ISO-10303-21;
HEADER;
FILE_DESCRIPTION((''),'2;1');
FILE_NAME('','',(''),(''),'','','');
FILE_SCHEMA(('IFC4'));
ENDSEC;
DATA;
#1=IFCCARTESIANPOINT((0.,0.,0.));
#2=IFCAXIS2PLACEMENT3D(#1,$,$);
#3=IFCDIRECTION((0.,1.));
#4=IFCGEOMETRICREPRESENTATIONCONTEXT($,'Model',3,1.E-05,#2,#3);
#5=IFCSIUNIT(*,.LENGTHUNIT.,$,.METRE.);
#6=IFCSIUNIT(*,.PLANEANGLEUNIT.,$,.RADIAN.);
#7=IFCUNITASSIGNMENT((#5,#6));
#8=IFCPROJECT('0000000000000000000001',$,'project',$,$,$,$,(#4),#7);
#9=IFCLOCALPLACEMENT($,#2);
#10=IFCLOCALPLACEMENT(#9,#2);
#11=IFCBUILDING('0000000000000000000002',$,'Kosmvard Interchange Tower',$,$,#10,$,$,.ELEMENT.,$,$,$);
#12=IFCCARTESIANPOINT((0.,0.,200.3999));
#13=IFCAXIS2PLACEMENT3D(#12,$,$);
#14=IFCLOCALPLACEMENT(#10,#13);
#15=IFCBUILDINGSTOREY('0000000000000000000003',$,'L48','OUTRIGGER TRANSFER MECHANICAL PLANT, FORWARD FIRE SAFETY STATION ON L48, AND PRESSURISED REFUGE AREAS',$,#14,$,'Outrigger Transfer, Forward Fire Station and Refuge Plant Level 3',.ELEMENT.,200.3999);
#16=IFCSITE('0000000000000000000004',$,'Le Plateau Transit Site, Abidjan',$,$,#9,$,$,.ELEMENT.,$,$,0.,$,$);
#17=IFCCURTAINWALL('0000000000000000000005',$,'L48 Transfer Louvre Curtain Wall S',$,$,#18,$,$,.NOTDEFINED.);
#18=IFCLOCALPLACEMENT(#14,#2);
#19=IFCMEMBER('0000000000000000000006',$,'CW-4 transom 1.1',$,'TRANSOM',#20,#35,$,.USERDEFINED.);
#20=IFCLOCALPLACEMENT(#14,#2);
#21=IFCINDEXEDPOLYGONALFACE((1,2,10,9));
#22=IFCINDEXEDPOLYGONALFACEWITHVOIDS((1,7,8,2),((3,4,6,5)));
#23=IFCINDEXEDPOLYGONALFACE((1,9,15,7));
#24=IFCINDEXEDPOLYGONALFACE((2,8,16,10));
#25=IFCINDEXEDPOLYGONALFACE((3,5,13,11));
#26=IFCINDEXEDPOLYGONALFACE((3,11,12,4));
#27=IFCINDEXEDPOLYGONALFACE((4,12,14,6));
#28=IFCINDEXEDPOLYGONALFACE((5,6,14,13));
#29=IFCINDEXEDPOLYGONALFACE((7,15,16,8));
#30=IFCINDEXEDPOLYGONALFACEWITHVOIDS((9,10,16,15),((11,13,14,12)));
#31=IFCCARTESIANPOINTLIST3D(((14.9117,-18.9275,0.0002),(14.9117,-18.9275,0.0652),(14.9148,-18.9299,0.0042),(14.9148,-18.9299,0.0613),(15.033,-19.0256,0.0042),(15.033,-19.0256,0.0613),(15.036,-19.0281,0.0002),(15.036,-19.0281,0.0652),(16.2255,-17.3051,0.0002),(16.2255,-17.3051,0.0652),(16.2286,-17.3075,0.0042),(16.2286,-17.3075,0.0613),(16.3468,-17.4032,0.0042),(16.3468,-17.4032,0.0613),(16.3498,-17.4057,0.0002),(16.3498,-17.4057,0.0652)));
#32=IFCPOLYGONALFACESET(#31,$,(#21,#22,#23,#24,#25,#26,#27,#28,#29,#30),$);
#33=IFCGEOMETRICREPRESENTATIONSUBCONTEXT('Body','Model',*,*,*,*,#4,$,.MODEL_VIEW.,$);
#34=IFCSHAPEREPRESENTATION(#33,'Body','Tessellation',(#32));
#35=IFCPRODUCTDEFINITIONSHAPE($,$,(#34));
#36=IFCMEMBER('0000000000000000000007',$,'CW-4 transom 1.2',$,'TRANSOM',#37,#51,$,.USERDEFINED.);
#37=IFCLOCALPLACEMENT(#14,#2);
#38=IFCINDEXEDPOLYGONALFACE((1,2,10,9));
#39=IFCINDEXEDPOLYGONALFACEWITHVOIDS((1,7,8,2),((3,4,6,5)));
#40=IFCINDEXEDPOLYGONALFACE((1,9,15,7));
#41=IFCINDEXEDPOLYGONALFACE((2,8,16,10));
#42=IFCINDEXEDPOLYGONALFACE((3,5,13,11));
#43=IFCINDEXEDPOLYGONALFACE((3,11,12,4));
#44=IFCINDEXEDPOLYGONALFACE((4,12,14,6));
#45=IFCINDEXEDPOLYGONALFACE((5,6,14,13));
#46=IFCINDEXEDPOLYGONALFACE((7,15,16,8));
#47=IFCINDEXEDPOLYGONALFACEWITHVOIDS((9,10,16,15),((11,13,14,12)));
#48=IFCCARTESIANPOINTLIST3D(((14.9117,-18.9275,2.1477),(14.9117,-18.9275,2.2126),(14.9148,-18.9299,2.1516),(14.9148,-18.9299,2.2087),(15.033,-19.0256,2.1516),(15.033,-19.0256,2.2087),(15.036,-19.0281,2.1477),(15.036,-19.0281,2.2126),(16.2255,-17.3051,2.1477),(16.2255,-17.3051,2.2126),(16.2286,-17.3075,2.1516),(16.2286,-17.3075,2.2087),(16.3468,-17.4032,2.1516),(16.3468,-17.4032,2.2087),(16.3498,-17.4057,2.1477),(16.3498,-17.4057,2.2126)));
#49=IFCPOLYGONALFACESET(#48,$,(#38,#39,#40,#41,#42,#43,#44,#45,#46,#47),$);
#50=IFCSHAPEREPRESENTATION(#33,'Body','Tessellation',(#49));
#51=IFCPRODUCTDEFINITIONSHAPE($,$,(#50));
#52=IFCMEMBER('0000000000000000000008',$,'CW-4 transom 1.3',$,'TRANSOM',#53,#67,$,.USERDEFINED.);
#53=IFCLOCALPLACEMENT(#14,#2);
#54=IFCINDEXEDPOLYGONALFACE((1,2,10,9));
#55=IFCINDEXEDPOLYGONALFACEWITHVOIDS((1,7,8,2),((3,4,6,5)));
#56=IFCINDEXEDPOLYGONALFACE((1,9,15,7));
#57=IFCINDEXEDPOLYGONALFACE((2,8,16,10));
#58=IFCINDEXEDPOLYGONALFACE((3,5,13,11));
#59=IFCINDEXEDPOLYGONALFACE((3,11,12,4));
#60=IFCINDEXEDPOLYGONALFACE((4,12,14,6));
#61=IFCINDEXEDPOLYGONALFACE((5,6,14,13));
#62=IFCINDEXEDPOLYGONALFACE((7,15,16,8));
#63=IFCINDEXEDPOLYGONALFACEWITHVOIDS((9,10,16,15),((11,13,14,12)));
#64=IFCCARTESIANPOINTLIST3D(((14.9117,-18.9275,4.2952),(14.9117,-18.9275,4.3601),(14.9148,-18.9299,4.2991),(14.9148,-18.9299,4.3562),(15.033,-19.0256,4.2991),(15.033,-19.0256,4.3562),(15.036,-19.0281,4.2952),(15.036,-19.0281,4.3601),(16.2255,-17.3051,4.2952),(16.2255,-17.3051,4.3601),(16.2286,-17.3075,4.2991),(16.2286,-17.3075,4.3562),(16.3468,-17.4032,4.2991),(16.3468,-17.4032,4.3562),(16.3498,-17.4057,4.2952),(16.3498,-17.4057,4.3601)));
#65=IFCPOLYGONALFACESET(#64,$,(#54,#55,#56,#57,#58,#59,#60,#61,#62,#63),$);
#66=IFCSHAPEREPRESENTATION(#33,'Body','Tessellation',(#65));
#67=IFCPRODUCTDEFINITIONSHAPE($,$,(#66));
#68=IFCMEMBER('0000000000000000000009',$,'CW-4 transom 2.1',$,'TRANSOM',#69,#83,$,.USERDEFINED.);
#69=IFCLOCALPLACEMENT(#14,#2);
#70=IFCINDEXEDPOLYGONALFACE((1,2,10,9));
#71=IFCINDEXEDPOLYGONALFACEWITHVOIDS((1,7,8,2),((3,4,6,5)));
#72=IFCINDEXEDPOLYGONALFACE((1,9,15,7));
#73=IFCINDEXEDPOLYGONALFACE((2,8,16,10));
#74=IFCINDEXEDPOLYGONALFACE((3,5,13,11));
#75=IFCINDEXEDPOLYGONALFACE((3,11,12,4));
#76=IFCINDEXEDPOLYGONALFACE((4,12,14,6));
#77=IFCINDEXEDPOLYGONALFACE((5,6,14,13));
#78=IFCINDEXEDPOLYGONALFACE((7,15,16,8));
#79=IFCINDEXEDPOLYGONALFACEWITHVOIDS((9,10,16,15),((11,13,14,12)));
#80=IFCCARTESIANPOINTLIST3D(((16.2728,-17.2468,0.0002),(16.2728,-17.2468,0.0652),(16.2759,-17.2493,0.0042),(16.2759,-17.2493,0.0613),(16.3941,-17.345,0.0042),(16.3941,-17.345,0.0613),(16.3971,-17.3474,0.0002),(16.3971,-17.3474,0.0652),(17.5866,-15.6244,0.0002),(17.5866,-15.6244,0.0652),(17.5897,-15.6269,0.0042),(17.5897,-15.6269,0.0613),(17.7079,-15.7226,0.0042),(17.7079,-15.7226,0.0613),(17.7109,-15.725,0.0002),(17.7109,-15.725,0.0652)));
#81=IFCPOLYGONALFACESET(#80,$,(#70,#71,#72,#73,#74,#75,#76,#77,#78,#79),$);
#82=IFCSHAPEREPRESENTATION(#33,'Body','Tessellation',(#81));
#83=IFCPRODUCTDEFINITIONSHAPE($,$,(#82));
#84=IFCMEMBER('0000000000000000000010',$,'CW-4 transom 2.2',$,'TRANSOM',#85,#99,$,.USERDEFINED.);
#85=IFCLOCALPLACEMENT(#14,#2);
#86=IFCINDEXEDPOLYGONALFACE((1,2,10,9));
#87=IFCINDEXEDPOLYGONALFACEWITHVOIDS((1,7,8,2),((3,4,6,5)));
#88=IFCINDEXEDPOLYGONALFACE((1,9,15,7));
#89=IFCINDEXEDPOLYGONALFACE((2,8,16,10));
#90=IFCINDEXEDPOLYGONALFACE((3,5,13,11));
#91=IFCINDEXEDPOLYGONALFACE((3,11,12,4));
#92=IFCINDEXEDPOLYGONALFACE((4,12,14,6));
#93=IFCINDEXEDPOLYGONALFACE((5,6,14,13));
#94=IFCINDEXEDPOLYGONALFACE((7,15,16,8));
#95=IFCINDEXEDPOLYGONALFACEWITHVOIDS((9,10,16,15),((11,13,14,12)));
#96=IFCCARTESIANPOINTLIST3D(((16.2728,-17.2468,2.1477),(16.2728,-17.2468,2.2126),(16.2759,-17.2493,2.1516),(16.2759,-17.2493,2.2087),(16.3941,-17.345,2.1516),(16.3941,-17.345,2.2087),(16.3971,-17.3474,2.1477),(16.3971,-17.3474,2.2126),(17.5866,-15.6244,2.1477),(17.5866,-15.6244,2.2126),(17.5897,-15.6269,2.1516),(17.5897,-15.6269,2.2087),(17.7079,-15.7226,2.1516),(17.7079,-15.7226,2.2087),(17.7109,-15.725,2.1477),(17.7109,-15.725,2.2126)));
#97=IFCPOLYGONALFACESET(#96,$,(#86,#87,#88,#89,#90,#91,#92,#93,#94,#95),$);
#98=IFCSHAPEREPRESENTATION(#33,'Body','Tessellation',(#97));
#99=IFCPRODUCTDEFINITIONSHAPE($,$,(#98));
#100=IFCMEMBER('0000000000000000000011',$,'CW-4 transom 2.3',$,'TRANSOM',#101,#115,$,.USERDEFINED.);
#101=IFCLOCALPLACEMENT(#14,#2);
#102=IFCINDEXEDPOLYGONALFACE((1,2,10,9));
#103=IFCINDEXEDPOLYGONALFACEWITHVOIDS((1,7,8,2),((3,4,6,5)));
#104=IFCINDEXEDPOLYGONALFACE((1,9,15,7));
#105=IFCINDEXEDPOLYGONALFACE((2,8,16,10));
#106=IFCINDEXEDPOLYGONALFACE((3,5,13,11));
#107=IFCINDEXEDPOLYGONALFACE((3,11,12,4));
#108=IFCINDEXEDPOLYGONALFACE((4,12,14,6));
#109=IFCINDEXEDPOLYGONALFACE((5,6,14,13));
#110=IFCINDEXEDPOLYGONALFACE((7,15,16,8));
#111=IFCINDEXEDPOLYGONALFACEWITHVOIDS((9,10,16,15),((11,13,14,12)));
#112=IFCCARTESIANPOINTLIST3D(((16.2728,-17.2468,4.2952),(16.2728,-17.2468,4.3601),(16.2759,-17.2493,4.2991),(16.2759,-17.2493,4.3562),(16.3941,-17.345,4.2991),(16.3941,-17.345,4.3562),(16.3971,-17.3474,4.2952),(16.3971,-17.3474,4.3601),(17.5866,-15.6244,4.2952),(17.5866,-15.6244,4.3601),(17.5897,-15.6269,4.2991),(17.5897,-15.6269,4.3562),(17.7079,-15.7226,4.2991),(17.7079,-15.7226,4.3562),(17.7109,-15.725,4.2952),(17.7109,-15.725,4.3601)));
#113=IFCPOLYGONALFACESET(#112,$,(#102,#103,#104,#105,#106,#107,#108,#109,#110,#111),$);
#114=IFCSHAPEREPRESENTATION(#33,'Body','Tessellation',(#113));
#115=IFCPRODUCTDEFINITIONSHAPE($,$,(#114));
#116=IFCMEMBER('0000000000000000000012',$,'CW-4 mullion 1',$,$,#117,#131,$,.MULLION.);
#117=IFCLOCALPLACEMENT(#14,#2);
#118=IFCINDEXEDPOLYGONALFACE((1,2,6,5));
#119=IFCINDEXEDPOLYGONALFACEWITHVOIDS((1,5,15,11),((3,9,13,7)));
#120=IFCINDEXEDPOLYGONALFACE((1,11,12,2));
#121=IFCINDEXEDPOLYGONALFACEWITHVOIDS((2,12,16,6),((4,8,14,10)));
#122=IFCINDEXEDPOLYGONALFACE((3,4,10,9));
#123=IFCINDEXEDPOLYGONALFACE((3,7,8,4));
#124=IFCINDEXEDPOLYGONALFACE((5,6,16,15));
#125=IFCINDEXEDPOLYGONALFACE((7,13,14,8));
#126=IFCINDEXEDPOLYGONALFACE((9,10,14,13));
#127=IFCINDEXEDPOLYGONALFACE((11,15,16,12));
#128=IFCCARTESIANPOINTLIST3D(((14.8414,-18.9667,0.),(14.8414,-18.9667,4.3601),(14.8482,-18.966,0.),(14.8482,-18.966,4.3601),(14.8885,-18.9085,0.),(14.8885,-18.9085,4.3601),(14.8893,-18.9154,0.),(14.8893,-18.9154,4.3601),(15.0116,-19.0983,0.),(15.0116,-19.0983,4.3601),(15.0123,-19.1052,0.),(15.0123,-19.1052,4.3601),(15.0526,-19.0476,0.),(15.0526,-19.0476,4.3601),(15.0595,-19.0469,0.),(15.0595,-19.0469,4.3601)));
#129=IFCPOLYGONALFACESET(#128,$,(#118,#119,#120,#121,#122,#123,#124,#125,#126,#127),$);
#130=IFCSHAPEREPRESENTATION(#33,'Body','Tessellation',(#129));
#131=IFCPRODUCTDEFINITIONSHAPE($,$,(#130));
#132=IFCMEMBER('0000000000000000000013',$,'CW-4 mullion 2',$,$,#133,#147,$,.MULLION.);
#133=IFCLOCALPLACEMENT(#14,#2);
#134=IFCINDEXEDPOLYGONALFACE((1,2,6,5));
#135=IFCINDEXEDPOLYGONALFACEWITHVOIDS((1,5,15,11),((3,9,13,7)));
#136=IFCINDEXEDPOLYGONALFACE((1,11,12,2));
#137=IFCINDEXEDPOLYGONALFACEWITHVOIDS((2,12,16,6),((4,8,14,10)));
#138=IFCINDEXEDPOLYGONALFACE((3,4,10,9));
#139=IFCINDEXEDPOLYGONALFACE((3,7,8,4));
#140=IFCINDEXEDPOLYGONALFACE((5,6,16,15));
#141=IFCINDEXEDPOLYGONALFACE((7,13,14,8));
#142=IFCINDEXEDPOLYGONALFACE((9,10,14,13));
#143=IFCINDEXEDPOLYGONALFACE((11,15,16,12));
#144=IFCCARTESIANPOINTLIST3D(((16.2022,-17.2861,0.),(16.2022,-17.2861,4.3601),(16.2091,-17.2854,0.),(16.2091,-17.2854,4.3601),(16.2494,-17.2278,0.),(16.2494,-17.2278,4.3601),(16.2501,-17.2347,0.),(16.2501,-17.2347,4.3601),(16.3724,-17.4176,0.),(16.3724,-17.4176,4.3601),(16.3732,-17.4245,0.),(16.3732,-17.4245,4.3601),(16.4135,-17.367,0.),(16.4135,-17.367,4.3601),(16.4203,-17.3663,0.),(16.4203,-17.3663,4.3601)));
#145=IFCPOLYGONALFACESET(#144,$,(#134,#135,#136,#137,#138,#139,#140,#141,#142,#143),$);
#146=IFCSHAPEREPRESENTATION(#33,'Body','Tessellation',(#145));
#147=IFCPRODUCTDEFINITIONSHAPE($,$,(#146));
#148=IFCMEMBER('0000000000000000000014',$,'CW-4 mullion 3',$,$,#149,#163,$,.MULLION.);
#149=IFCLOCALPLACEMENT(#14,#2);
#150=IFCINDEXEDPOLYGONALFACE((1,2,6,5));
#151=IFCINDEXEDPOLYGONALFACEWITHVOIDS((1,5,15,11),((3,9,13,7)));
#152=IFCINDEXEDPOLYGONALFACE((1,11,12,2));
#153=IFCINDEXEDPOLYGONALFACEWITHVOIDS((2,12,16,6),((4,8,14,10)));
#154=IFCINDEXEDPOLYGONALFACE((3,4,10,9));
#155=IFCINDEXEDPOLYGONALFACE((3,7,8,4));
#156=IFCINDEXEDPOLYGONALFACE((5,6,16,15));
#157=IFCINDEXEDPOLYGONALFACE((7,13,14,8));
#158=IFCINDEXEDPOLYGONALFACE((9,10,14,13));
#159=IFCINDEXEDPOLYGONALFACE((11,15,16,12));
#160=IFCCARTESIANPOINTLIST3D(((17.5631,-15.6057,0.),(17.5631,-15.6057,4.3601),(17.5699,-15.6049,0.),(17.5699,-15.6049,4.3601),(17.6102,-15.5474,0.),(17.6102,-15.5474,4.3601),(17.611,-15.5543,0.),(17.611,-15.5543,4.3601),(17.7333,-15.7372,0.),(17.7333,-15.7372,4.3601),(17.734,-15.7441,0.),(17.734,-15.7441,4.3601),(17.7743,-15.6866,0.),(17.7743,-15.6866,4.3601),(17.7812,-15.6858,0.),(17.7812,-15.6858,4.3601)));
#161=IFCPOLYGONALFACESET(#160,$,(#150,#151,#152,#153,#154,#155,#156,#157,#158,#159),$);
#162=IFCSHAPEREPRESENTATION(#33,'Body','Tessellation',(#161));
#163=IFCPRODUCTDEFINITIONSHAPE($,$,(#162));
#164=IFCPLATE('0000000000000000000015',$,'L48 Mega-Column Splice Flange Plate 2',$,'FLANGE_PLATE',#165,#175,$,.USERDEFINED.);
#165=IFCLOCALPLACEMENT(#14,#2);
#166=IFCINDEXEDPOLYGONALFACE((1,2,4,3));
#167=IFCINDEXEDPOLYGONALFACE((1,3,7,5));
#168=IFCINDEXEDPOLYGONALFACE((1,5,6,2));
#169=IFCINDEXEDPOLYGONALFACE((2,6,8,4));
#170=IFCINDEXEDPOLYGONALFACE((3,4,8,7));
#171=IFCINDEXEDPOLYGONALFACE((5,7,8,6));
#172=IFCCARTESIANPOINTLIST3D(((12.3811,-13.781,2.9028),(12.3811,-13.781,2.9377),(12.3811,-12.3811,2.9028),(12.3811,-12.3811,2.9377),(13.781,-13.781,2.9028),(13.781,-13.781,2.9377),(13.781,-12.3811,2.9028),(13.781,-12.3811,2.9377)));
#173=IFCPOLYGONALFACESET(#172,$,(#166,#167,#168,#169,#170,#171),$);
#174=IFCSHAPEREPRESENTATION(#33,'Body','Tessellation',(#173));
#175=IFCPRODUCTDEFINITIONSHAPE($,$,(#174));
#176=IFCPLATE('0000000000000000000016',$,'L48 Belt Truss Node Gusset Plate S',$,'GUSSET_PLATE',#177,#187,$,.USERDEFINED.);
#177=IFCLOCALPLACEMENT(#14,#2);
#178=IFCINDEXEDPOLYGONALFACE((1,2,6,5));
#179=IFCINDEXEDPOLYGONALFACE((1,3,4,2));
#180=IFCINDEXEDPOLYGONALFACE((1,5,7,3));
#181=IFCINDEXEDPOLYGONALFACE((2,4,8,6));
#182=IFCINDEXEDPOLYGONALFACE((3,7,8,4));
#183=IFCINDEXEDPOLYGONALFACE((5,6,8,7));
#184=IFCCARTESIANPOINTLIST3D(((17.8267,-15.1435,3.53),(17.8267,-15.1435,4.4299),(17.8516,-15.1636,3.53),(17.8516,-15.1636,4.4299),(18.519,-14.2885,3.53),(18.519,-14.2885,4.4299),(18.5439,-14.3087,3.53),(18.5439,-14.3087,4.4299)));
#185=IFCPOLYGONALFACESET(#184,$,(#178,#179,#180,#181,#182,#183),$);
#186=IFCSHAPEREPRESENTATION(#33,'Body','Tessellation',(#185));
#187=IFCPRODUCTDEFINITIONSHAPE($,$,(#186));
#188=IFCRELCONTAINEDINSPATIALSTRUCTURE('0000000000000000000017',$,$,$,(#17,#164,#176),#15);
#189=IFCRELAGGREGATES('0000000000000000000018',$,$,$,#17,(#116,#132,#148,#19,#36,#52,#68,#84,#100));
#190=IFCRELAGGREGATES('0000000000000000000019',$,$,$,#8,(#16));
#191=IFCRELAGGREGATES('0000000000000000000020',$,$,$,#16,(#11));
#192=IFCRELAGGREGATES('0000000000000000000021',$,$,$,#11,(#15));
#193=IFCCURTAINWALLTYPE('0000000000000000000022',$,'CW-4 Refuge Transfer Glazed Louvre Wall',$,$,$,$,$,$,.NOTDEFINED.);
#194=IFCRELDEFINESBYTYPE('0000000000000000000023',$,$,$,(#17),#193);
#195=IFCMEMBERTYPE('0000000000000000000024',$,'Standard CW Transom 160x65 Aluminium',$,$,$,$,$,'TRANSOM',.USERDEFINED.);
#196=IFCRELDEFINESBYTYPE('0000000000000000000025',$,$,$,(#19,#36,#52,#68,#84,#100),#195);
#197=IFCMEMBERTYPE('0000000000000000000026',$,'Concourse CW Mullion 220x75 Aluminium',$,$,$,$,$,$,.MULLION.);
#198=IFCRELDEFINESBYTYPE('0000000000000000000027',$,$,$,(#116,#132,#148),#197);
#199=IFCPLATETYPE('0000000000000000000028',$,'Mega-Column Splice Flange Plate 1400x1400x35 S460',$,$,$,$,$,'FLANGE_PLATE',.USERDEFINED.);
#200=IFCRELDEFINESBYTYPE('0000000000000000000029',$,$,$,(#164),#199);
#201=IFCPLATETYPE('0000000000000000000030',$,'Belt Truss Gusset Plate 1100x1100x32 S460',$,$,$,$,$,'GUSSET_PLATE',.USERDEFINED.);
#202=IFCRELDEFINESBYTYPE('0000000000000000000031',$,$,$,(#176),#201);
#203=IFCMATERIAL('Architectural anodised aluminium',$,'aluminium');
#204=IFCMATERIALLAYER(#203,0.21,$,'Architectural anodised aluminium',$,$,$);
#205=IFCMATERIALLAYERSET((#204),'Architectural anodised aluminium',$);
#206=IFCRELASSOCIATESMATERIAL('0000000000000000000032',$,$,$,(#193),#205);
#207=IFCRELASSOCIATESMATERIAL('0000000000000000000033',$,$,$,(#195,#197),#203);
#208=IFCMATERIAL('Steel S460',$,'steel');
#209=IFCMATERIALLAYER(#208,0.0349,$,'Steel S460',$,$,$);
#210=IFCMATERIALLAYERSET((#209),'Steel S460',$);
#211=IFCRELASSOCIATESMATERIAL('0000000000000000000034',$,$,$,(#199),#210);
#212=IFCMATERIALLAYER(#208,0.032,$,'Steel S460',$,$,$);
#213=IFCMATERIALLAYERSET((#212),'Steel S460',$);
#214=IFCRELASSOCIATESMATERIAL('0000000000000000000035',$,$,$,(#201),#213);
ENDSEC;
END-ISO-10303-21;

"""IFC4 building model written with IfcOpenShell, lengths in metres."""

from ifc_helpers import new_model, si_unit, direction, frame, origin, origin_2d, place, context, subcontext, project, spatial, rectangle, hollow_rectangle, extrude, source, transform, mapped, material, layer, layer_set, material_profile, profile_set, type_object, element, aggregate, save


model = new_model("IFC4")

# Units and contexts
model_context = context("Model", 3, precision=1e-05, world=origin(), true_north=direction((0.0, 1.0)))
body_context = subcontext(model_context, "Body", "Model", "MODEL_VIEW")
ifc_project = project(units=[si_unit("LENGTHUNIT", "METRE"), si_unit("PLANEANGLEUNIT", "RADIAN")], contexts=[model_context])

# Site, building, storey
site_placement = place(None, origin())
site = spatial("IfcSite", under=ifc_project, at=site_placement, Name="Le Plateau Transit Site, Abidjan", CompositionType="ELEMENT", RefElevation=0.0)
building_placement = place(site_placement, origin())
building = spatial("IfcBuilding", under=site, at=building_placement, Name="Kosmvard Interchange Tower", CompositionType="ELEMENT")
storey_placement = place(building_placement, frame((0.0, 0.0, 200.3999)))
storey = spatial("IfcBuildingStorey", under=building, at=storey_placement, Name="L48", Description="OUTRIGGER TRANSFER MECHANICAL PLANT, FORWARD FIRE SAFETY STATION ON L48, AND PRESSURISED REFUGE AREAS", LongName="Outrigger Transfer, Forward Fire Station and Refuge Plant Level 3", CompositionType="ELEMENT", Elevation=200.3999)

# Shared definitions
ifc_material_1 = material(Name="Steel S460", Category="steel")

# Curtain wall, members
ifc_material_2 = material(Name="Architectural anodised aluminium", Category="aluminium")
ifc_layer_1 = layer(ifc_material_2, 0.21, Name="Architectural anodised aluminium")
ifc_layer_set_1 = layer_set([ifc_layer_1], Name="Architectural anodised aluminium")
curtain_wall_type = type_object("IfcCurtainWallType", Name="CW-4 Refuge Transfer Glazed Louvre Wall", PredefinedType="NOTDEFINED", material=ifc_layer_set_1)
curtain_wall_placement = place(storey_placement, origin())
curtain_wall = element("IfcCurtainWall", 1, at=curtain_wall_placement, inside=storey, type_object=curtain_wall_type, Name="L48 Transfer Louvre Curtain Wall S", PredefinedType="NOTDEFINED")
ifc_material_profile_1 = material_profile(ifc_material_2, hollow_rectangle(XDim=0.1599, YDim=0.0649, WallThickness=0.0039, at=origin_2d()), Name="CWT 160x65x4")
ifc_profile_set_1 = profile_set([ifc_material_profile_1], Name="Architectural anodised aluminium")
member_type_1 = type_object("IfcMemberType", Name="Standard CW Transom 160x65 Aluminium", ElementType="TRANSOM", PredefinedType="USERDEFINED", material=ifc_profile_set_1)
shared_shape_1 = source(origin(), body_context, "Body", "SweptSolid", [
    extrude(hollow_rectangle(XDim=0.1599, YDim=0.0649, WallThickness=0.0039, at=origin_2d()), origin(), (0.0, 0.0, 1.0), 2.0876),
])
member_1_placement = place(storey_placement, frame((14.9739, -18.9778, 0.0327), z_axis=(0.629319, 0.777147, 0.0), x_axis=(-0.777147, 0.629319, 0.0)))
member_1 = element("IfcMember", 2, at=member_1_placement, type_object=member_type_1, Name="CW-4 transom 1.1", ObjectType="TRANSOM", PredefinedType="USERDEFINED", context=body_context, shape_type="MappedRepresentation", body=[
    mapped(shared_shape_1, transform((0.0, 0.0, 0.0), scale=1.0)),
])
member_2_placement = place(storey_placement, frame((14.9739, -18.9778, 2.1802), z_axis=(0.629319, 0.777147, 0.0), x_axis=(-0.777147, 0.629319, 0.0)))
member_2 = element("IfcMember", 3, at=member_2_placement, type_object=member_type_1, Name="CW-4 transom 1.2", ObjectType="TRANSOM", PredefinedType="USERDEFINED", context=body_context, shape_type="MappedRepresentation", body=[
    mapped(shared_shape_1, transform((0.0, 0.0, 0.0), scale=1.0)),
])
member_3_placement = place(storey_placement, frame((14.9739, -18.9778, 4.3276), z_axis=(0.629319, 0.777147, 0.0), x_axis=(-0.777147, 0.629319, 0.0)))
member_3 = element("IfcMember", 4, at=member_3_placement, type_object=member_type_1, Name="CW-4 transom 1.3", ObjectType="TRANSOM", PredefinedType="USERDEFINED", context=body_context, shape_type="MappedRepresentation", body=[
    mapped(shared_shape_1, transform((0.0, 0.0, 0.0), scale=1.0)),
])
member_4_placement = place(storey_placement, frame((16.335, -17.2971, 0.0327), z_axis=(0.629319, 0.777147, 0.0), x_axis=(-0.777147, 0.629319, 0.0)))
member_4 = element("IfcMember", 5, at=member_4_placement, type_object=member_type_1, Name="CW-4 transom 2.1", ObjectType="TRANSOM", PredefinedType="USERDEFINED", context=body_context, shape_type="MappedRepresentation", body=[
    mapped(shared_shape_1, transform((0.0, 0.0, 0.0), scale=1.0)),
])
member_5_placement = place(storey_placement, frame((16.335, -17.2971, 2.1802), z_axis=(0.629319, 0.777147, 0.0), x_axis=(-0.777147, 0.629319, 0.0)))
member_5 = element("IfcMember", 6, at=member_5_placement, type_object=member_type_1, Name="CW-4 transom 2.2", ObjectType="TRANSOM", PredefinedType="USERDEFINED", context=body_context, shape_type="MappedRepresentation", body=[
    mapped(shared_shape_1, transform((0.0, 0.0, 0.0), scale=1.0)),
])
member_6_placement = place(storey_placement, frame((16.335, -17.2971, 4.3276), z_axis=(0.629319, 0.777147, 0.0), x_axis=(-0.777147, 0.629319, 0.0)))
member_6 = element("IfcMember", 7, at=member_6_placement, type_object=member_type_1, Name="CW-4 transom 2.3", ObjectType="TRANSOM", PredefinedType="USERDEFINED", context=body_context, shape_type="MappedRepresentation", body=[
    mapped(shared_shape_1, transform((0.0, 0.0, 0.0), scale=1.0)),
])
ifc_material_profile_2 = material_profile(ifc_material_2, hollow_rectangle(XDim=0.22, YDim=0.075, WallThickness=0.0049, at=origin_2d()), Name="CWM 220x75x5")
ifc_profile_set_2 = profile_set([ifc_material_profile_2], Name="Architectural anodised aluminium")
member_type_2 = type_object("IfcMemberType", Name="Concourse CW Mullion 220x75 Aluminium", PredefinedType="MULLION", material=ifc_profile_set_2)
shared_shape_2 = source(origin(), body_context, "Body", "SweptSolid", [
    extrude(hollow_rectangle(XDim=0.22, YDim=0.075, WallThickness=0.0049, at=origin_2d()), origin(), (0.0, 0.0, 1.0), 4.3601),
])
member_7_placement = place(storey_placement, frame((14.9504, -19.0068, 0.0), z_axis=(0.0, 0.0, 1.0), x_axis=(-0.777146, 0.62932, 0.0)))
member_7 = element("IfcMember", 8, at=member_7_placement, type_object=member_type_2, Name="CW-4 mullion 1", PredefinedType="MULLION", context=body_context, shape_type="MappedRepresentation", body=[
    mapped(shared_shape_2, transform((0.0, 0.0, 0.0), scale=1.0)),
])
member_8_placement = place(storey_placement, frame((16.3113, -17.3262, 0.0), z_axis=(0.0, 0.0, 1.0), x_axis=(-0.777146, 0.62932, 0.0)))
member_8 = element("IfcMember", 9, at=member_8_placement, type_object=member_type_2, Name="CW-4 mullion 2", PredefinedType="MULLION", context=body_context, shape_type="MappedRepresentation", body=[
    mapped(shared_shape_2, transform((0.0, 0.0, 0.0), scale=1.0)),
])
member_9_placement = place(storey_placement, frame((17.6721, -15.6458, 0.0), z_axis=(0.0, 0.0, 1.0), x_axis=(-0.777146, 0.62932, 0.0)))
member_9 = element("IfcMember", 10, at=member_9_placement, type_object=member_type_2, Name="CW-4 mullion 3", PredefinedType="MULLION", context=body_context, shape_type="MappedRepresentation", body=[
    mapped(shared_shape_2, transform((0.0, 0.0, 0.0), scale=1.0)),
])

# Plates
ifc_layer_2 = layer(ifc_material_1, 0.0349, Name="Steel S460")
ifc_layer_set_2 = layer_set([ifc_layer_2], Name="Steel S460")
plate_type_1 = type_object("IfcPlateType", Name="Mega-Column Splice Flange Plate 1400x1400x35 S460", ElementType="FLANGE_PLATE", PredefinedType="USERDEFINED", material=ifc_layer_set_2)
shared_shape_3 = source(origin(), body_context, "Body", "SweptSolid", [
    extrude(rectangle(XDim=1.3999, YDim=1.3999, at=origin_2d()), origin(), (0.0, 0.0, 1.0), 0.0349),
])
plate_1_placement = place(storey_placement, frame((13.0811, -13.0811, 2.9028), z_axis=(0.0, 0.0, 1.0), x_axis=(1.0, 0.0, 0.0)))
element("IfcPlate", 11, at=plate_1_placement, inside=storey, type_object=plate_type_1, Name="L48 Mega-Column Splice Flange Plate 2", ObjectType="FLANGE_PLATE", PredefinedType="USERDEFINED", context=body_context, shape_type="MappedRepresentation", body=[
    mapped(shared_shape_3, transform((0.0, 0.0, 0.0), scale=1.0)),
])
ifc_layer_3 = layer(ifc_material_1, 0.032, Name="Steel S460")
ifc_layer_set_3 = layer_set([ifc_layer_3], Name="Steel S460")
plate_type_2 = type_object("IfcPlateType", Name="Belt Truss Gusset Plate 1100x1100x32 S460", ElementType="GUSSET_PLATE", PredefinedType="USERDEFINED", material=ifc_layer_set_3)
shared_shape_4 = source(origin(), body_context, "Body", "SweptSolid", [
    extrude(rectangle(XDim=1.1001, YDim=0.032, at=origin_2d()), origin(), (0.0, 0.0, 1.0), 0.8999),
])
plate_2_placement = place(storey_placement, frame((18.1853, -14.7261, 3.53), z_axis=(0.0, 0.0, 1.0), x_axis=(0.62932, 0.777146, 0.0)))
element("IfcPlate", 12, at=plate_2_placement, inside=storey, type_object=plate_type_2, Name="L48 Belt Truss Node Gusset Plate S", ObjectType="GUSSET_PLATE", PredefinedType="USERDEFINED", context=body_context, shape_type="MappedRepresentation", body=[
    mapped(shared_shape_4, transform((0.0, 0.0, 0.0), scale=1.0)),
])

aggregate(curtain_wall, [member_7, member_8, member_9, member_1, member_2, member_3, member_4, member_5, member_6])

save(model, "model.ifc")
